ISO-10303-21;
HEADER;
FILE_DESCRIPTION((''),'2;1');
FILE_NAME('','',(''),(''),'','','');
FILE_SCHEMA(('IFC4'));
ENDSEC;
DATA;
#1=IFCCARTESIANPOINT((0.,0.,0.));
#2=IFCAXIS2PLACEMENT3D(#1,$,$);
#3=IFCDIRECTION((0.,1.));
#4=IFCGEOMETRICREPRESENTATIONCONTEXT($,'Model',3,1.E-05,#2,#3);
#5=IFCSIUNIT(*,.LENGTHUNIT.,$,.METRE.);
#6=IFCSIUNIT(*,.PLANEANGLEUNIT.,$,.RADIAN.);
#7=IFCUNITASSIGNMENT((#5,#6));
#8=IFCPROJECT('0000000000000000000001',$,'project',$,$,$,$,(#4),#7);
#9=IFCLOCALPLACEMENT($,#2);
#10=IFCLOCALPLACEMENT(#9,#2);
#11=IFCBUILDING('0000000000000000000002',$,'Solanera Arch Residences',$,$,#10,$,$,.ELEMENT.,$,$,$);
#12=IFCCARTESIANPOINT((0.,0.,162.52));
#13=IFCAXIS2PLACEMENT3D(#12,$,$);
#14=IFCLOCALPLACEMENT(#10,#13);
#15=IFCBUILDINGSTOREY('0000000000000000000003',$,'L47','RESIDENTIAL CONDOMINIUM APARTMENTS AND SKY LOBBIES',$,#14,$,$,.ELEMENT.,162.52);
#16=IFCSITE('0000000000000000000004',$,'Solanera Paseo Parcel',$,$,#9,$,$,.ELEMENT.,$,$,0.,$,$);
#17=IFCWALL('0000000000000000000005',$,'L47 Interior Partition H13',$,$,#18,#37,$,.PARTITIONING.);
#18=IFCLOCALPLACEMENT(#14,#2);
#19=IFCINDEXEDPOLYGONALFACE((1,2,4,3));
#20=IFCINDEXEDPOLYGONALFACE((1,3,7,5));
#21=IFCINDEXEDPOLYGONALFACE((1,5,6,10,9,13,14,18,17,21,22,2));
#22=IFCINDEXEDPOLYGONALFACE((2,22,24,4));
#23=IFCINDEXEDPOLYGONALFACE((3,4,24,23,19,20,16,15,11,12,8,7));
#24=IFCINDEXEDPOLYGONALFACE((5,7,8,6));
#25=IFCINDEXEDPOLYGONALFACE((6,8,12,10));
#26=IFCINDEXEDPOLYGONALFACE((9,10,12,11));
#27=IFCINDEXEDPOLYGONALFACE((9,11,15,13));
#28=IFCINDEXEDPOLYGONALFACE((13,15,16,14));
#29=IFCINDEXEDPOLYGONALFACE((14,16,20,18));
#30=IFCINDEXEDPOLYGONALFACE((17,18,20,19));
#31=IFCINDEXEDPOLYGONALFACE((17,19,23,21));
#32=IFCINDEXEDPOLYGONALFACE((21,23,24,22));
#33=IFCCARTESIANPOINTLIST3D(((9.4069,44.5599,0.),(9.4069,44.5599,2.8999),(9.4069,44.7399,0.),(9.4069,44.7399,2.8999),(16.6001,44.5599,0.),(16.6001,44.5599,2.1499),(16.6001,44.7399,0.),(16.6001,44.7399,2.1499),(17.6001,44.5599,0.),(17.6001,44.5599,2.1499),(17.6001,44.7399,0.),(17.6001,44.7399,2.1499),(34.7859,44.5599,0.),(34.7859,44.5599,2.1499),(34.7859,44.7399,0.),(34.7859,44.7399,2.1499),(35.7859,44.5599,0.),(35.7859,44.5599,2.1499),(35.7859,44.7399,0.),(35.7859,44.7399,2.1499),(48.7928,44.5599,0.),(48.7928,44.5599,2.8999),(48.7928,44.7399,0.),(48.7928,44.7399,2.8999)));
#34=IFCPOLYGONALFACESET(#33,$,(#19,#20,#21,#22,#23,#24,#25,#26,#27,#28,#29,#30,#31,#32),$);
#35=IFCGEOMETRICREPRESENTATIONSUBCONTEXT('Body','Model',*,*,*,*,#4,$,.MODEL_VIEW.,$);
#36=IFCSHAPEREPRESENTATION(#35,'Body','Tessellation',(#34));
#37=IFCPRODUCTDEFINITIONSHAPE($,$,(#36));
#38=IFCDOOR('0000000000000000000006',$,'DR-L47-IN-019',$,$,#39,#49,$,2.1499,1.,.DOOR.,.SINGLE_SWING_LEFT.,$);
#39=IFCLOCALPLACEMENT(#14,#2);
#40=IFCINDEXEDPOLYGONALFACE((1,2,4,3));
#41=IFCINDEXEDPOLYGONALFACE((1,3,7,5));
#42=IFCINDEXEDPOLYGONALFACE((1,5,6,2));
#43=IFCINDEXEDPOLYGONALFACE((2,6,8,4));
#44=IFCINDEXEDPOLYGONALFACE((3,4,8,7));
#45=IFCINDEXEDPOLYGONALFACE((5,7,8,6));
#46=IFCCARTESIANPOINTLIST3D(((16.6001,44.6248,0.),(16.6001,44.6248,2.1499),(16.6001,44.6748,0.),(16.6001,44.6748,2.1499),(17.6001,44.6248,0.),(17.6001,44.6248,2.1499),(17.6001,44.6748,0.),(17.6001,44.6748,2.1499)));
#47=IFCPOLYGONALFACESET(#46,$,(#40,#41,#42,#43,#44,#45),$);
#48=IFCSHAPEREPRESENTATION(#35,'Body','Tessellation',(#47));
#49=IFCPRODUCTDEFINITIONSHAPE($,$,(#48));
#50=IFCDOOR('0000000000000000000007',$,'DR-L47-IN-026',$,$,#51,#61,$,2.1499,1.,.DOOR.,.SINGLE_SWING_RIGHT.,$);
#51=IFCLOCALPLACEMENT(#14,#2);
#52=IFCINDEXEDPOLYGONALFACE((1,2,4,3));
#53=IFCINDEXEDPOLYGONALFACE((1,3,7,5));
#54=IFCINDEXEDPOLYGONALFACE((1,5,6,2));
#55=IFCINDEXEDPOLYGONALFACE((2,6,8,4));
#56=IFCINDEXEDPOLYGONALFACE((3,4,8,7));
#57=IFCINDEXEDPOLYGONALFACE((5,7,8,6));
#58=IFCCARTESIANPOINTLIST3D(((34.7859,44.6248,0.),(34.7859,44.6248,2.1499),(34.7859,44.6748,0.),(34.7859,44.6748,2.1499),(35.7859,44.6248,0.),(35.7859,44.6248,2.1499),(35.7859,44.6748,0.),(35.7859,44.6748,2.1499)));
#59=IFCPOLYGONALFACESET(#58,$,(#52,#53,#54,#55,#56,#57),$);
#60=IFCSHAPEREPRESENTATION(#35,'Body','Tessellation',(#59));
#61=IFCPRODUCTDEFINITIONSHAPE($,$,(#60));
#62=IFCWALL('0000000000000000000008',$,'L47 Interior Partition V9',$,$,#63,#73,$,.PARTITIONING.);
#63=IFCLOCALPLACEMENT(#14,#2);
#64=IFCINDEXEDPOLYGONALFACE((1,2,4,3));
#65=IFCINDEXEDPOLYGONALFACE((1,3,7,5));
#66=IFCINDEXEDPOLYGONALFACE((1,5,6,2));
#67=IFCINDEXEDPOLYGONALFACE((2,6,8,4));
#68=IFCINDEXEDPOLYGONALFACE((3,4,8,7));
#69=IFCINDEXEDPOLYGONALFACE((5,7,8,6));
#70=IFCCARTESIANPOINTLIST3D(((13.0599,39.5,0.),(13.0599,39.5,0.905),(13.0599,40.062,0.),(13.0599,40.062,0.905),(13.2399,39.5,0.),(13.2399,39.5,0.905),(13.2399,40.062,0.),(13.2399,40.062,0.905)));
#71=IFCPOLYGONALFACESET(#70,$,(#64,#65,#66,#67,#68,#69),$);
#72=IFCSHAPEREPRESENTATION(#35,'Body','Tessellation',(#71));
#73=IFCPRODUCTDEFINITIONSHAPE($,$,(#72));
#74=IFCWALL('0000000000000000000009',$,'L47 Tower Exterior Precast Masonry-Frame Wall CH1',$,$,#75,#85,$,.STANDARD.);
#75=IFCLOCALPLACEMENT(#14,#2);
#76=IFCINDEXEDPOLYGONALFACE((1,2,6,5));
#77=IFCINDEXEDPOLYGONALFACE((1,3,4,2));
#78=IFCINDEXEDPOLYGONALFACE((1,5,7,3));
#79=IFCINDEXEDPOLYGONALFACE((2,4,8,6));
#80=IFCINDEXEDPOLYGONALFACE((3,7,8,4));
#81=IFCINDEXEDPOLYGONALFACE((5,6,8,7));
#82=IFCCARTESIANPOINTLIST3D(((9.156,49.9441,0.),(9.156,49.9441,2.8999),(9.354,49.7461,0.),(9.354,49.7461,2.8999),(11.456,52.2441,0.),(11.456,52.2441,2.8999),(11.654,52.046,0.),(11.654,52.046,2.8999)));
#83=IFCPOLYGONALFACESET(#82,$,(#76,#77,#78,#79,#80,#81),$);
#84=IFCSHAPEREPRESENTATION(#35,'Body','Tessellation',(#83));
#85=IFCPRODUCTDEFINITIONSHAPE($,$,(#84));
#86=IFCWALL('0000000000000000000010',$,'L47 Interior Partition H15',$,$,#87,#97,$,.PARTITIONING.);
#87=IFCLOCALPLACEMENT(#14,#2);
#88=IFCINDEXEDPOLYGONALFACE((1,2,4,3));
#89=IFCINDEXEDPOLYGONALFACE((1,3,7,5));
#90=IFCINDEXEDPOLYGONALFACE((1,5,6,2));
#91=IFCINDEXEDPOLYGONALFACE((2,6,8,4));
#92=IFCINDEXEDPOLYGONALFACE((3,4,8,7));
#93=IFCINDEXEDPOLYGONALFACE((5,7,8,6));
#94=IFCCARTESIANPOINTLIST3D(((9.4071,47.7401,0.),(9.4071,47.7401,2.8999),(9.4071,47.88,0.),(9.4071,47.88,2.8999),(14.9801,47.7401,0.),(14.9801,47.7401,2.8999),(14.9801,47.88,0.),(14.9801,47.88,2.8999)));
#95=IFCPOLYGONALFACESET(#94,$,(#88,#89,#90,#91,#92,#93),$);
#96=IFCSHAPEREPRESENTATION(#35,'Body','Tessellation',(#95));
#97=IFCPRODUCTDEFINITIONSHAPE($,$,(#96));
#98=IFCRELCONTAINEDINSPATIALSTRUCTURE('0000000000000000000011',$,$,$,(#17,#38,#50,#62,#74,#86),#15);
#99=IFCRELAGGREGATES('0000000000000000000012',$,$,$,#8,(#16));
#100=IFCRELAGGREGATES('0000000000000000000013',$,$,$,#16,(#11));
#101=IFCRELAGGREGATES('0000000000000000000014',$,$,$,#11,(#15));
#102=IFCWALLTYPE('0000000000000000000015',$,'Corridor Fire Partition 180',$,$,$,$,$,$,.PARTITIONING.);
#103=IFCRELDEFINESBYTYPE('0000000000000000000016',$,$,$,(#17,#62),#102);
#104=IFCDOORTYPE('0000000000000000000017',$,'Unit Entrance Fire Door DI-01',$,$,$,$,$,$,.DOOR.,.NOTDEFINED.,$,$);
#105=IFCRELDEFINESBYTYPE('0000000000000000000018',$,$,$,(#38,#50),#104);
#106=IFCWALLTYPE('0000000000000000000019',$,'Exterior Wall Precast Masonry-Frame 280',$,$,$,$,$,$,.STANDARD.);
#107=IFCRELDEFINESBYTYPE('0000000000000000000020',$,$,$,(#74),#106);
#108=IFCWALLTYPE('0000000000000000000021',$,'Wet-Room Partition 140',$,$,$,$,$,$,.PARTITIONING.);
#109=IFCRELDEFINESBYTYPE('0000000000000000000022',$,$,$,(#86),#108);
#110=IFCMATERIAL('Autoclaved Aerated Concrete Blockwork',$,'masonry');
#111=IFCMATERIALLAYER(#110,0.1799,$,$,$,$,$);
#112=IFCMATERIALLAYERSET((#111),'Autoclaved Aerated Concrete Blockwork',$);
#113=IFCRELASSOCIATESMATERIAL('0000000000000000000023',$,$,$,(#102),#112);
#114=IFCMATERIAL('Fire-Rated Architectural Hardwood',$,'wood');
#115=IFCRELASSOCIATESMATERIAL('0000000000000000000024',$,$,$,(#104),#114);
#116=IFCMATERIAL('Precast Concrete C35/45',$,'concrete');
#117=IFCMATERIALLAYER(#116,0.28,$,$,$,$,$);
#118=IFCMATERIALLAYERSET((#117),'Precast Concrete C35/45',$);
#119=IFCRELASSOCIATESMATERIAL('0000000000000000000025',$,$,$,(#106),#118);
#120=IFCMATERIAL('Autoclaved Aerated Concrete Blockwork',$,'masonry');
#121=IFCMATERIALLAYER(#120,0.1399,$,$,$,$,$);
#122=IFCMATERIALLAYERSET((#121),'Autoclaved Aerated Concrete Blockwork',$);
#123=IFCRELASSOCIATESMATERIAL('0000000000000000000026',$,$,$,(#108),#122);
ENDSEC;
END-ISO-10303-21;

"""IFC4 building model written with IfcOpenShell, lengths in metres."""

from ifc_helpers import new_model, si_unit, direction, frame, frame_2d, origin, place, context, subcontext, project, spatial, rectangle, extrude, material, layer, layer_set, type_object, element, fill, save


model = new_model("IFC4")

# Units and contexts
model_context = context("Model", 3, precision=1e-05, world=origin(), true_north=direction((0.0, 1.0)))
body_context = subcontext(model_context, "Body", "Model", "MODEL_VIEW")
ifc_project = project(units=[si_unit("LENGTHUNIT", "METRE"), si_unit("PLANEANGLEUNIT", "RADIAN")], contexts=[model_context])

# Site, building, storey
site_placement = place(None, origin())
site = spatial("IfcSite", under=ifc_project, at=site_placement, Name="Solanera Paseo Parcel", CompositionType="ELEMENT", RefElevation=0.0)
building_placement = place(site_placement, origin())
building = spatial("IfcBuilding", under=site, at=building_placement, Name="Solanera Arch Residences", CompositionType="ELEMENT")
storey_placement = place(building_placement, frame((0.0, 0.0, 162.52)))
storey = spatial("IfcBuildingStorey", under=building, at=storey_placement, Name="L47", Description="RESIDENTIAL CONDOMINIUM APARTMENTS AND SKY LOBBIES", CompositionType="ELEMENT", Elevation=162.52)

# Wall, openings, doors
ifc_material_1 = material(Name="Autoclaved Aerated Concrete Blockwork", Category="masonry")
ifc_layer_1 = layer(ifc_material_1, 0.1799)
ifc_layer_set_1 = layer_set([ifc_layer_1], Name="Autoclaved Aerated Concrete Blockwork")
wall_type_1 = type_object("IfcWallType", Name="Corridor Fire Partition 180", PredefinedType="PARTITIONING", material=ifc_layer_set_1)
wall_1_placement = place(storey_placement, frame((9.407, 44.6499, 0.0), z_axis=(0.0, 0.0, 1.0), x_axis=(1.0, 0.0, 0.0)))
wall_1 = element("IfcWall", 1, at=wall_1_placement, inside=storey, type_object=wall_type_1, Name="L47 Interior Partition H13", PredefinedType="PARTITIONING", context=body_context, shape_type="SweptSolid", body=[
    extrude(rectangle(XDim=39.386, YDim=0.1799, at=frame_2d((19.6929, 0.0))), origin(), (0.0, 0.0, 1.0), 2.8999),
])
opening_1_placement = place(wall_1_placement, frame((7.1931, 0.0, 0.0)))
opening_1 = element("IfcOpeningElement", 2, at=opening_1_placement, cuts=wall_1, PredefinedType="OPENING", context=body_context, shape_type="SweptSolid", body=[
    extrude(rectangle(XDim=1.0, YDim=2.1499, at=frame_2d((0.5, 1.075))), frame((0.0, 0.1001, 0.0), z_axis=(0.0, -1.0, 0.0), x_axis=(1.0, 0.0, 0.0)), (0.0, 0.0, 1.0), 0.1999),
])
opening_2_placement = place(wall_1_placement, frame((25.3789, 0.0, 0.0)))
opening_2 = element("IfcOpeningElement", 3, at=opening_2_placement, cuts=wall_1, PredefinedType="OPENING", context=body_context, shape_type="SweptSolid", body=[
    extrude(rectangle(XDim=1.0, YDim=2.1499, at=frame_2d((0.5, 1.075))), frame((0.0, 0.1001, 0.0), z_axis=(0.0, -1.0, 0.0), x_axis=(1.0, 0.0, 0.0)), (0.0, 0.0, 1.0), 0.1999),
])
ifc_material_2 = material(Name="Fire-Rated Architectural Hardwood", Category="wood")
door_type_1 = type_object("IfcDoorType", Name="Unit Entrance Fire Door DI-01", OperationType="NOTDEFINED", PredefinedType="DOOR", material=ifc_material_2)
door_1_placement = place(opening_1_placement, origin())
door_1 = element("IfcDoor", 4, at=door_1_placement, inside=storey, type_object=door_type_1, Name="DR-L47-IN-019", OperationType="SINGLE_SWING_LEFT", OverallHeight=2.1499, OverallWidth=1.0, PredefinedType="DOOR", context=body_context, shape_type="SweptSolid", body=[
    extrude(rectangle(XDim=1.0, YDim=2.1499, at=frame_2d((0.5, 1.075))), frame((0.0, 0.0249, 0.0), z_axis=(0.0, -1.0, 0.0), x_axis=(1.0, 0.0, 0.0)), (0.0, 0.0, 1.0), 0.05),
])
fill(opening_1, door_1)
door_2_placement = place(opening_2_placement, origin())
door_2 = element("IfcDoor", 5, at=door_2_placement, inside=storey, type_object=door_type_1, Name="DR-L47-IN-026", OperationType="SINGLE_SWING_RIGHT", OverallHeight=2.1499, OverallWidth=1.0, PredefinedType="DOOR", context=body_context, shape_type="SweptSolid", body=[
    extrude(rectangle(XDim=1.0, YDim=2.1499, at=frame_2d((0.5, 1.075))), frame((0.0, 0.0249, 0.0), z_axis=(0.0, -1.0, 0.0), x_axis=(1.0, 0.0, 0.0)), (0.0, 0.0, 1.0), 0.05),
])
fill(opening_2, door_2)

# Walls
wall_2_placement = place(storey_placement, frame((13.1499, 39.5, 0.0), z_axis=(0.0, 0.0, 1.0), x_axis=(0.0, 1.0, 0.0)))
element("IfcWall", 6, at=wall_2_placement, inside=storey, type_object=wall_type_1, Name="L47 Interior Partition V9", PredefinedType="PARTITIONING", context=body_context, shape_type="SweptSolid", body=[
    extrude(rectangle(XDim=0.562, YDim=0.1799, at=frame_2d((0.281, 0.0))), origin(), (0.0, 0.0, 1.0), 0.905),
])
ifc_material_3 = material(Name="Precast Concrete C35/45", Category="concrete")
ifc_layer_2 = layer(ifc_material_3, 0.28)
ifc_layer_set_2 = layer_set([ifc_layer_2], Name="Precast Concrete C35/45")
wall_type_2 = type_object("IfcWallType", Name="Exterior Wall Precast Masonry-Frame 280", PredefinedType="STANDARD", material=ifc_layer_set_2)
wall_3_placement = place(storey_placement, frame((9.2549, 49.845, 0.0), z_axis=(0.0, 0.0, 1.0), x_axis=(0.707107, 0.707107, 0.0)))
element("IfcWall", 7, at=wall_3_placement, inside=storey, type_object=wall_type_2, Name="L47 Tower Exterior Precast Masonry-Frame Wall CH1", PredefinedType="STANDARD", context=body_context, shape_type="SweptSolid", body=[
    extrude(rectangle(XDim=3.2527, YDim=0.28, at=frame_2d((1.6265, 0.0))), origin(), (0.0, 0.0, 1.0), 2.8999),
])
ifc_material_4 = material(Name="Autoclaved Aerated Concrete Blockwork", Category="masonry")
ifc_layer_3 = layer(ifc_material_4, 0.1399)
ifc_layer_set_3 = layer_set([ifc_layer_3], Name="Autoclaved Aerated Concrete Blockwork")
wall_type_3 = type_object("IfcWallType", Name="Wet-Room Partition 140", PredefinedType="PARTITIONING", material=ifc_layer_set_3)
wall_4_placement = place(storey_placement, frame((9.407, 47.8101, 0.0), z_axis=(0.0, 0.0, 1.0), x_axis=(1.0, 0.0, 0.0)))
element("IfcWall", 8, at=wall_4_placement, inside=storey, type_object=wall_type_3, Name="L47 Interior Partition H15", PredefinedType="PARTITIONING", context=body_context, shape_type="SweptSolid", body=[
    extrude(rectangle(XDim=5.573, YDim=0.1399, at=frame_2d((2.7866, 0.0))), origin(), (0.0, 0.0, 1.0), 2.8999),
])

save(model, "model.ifc")
